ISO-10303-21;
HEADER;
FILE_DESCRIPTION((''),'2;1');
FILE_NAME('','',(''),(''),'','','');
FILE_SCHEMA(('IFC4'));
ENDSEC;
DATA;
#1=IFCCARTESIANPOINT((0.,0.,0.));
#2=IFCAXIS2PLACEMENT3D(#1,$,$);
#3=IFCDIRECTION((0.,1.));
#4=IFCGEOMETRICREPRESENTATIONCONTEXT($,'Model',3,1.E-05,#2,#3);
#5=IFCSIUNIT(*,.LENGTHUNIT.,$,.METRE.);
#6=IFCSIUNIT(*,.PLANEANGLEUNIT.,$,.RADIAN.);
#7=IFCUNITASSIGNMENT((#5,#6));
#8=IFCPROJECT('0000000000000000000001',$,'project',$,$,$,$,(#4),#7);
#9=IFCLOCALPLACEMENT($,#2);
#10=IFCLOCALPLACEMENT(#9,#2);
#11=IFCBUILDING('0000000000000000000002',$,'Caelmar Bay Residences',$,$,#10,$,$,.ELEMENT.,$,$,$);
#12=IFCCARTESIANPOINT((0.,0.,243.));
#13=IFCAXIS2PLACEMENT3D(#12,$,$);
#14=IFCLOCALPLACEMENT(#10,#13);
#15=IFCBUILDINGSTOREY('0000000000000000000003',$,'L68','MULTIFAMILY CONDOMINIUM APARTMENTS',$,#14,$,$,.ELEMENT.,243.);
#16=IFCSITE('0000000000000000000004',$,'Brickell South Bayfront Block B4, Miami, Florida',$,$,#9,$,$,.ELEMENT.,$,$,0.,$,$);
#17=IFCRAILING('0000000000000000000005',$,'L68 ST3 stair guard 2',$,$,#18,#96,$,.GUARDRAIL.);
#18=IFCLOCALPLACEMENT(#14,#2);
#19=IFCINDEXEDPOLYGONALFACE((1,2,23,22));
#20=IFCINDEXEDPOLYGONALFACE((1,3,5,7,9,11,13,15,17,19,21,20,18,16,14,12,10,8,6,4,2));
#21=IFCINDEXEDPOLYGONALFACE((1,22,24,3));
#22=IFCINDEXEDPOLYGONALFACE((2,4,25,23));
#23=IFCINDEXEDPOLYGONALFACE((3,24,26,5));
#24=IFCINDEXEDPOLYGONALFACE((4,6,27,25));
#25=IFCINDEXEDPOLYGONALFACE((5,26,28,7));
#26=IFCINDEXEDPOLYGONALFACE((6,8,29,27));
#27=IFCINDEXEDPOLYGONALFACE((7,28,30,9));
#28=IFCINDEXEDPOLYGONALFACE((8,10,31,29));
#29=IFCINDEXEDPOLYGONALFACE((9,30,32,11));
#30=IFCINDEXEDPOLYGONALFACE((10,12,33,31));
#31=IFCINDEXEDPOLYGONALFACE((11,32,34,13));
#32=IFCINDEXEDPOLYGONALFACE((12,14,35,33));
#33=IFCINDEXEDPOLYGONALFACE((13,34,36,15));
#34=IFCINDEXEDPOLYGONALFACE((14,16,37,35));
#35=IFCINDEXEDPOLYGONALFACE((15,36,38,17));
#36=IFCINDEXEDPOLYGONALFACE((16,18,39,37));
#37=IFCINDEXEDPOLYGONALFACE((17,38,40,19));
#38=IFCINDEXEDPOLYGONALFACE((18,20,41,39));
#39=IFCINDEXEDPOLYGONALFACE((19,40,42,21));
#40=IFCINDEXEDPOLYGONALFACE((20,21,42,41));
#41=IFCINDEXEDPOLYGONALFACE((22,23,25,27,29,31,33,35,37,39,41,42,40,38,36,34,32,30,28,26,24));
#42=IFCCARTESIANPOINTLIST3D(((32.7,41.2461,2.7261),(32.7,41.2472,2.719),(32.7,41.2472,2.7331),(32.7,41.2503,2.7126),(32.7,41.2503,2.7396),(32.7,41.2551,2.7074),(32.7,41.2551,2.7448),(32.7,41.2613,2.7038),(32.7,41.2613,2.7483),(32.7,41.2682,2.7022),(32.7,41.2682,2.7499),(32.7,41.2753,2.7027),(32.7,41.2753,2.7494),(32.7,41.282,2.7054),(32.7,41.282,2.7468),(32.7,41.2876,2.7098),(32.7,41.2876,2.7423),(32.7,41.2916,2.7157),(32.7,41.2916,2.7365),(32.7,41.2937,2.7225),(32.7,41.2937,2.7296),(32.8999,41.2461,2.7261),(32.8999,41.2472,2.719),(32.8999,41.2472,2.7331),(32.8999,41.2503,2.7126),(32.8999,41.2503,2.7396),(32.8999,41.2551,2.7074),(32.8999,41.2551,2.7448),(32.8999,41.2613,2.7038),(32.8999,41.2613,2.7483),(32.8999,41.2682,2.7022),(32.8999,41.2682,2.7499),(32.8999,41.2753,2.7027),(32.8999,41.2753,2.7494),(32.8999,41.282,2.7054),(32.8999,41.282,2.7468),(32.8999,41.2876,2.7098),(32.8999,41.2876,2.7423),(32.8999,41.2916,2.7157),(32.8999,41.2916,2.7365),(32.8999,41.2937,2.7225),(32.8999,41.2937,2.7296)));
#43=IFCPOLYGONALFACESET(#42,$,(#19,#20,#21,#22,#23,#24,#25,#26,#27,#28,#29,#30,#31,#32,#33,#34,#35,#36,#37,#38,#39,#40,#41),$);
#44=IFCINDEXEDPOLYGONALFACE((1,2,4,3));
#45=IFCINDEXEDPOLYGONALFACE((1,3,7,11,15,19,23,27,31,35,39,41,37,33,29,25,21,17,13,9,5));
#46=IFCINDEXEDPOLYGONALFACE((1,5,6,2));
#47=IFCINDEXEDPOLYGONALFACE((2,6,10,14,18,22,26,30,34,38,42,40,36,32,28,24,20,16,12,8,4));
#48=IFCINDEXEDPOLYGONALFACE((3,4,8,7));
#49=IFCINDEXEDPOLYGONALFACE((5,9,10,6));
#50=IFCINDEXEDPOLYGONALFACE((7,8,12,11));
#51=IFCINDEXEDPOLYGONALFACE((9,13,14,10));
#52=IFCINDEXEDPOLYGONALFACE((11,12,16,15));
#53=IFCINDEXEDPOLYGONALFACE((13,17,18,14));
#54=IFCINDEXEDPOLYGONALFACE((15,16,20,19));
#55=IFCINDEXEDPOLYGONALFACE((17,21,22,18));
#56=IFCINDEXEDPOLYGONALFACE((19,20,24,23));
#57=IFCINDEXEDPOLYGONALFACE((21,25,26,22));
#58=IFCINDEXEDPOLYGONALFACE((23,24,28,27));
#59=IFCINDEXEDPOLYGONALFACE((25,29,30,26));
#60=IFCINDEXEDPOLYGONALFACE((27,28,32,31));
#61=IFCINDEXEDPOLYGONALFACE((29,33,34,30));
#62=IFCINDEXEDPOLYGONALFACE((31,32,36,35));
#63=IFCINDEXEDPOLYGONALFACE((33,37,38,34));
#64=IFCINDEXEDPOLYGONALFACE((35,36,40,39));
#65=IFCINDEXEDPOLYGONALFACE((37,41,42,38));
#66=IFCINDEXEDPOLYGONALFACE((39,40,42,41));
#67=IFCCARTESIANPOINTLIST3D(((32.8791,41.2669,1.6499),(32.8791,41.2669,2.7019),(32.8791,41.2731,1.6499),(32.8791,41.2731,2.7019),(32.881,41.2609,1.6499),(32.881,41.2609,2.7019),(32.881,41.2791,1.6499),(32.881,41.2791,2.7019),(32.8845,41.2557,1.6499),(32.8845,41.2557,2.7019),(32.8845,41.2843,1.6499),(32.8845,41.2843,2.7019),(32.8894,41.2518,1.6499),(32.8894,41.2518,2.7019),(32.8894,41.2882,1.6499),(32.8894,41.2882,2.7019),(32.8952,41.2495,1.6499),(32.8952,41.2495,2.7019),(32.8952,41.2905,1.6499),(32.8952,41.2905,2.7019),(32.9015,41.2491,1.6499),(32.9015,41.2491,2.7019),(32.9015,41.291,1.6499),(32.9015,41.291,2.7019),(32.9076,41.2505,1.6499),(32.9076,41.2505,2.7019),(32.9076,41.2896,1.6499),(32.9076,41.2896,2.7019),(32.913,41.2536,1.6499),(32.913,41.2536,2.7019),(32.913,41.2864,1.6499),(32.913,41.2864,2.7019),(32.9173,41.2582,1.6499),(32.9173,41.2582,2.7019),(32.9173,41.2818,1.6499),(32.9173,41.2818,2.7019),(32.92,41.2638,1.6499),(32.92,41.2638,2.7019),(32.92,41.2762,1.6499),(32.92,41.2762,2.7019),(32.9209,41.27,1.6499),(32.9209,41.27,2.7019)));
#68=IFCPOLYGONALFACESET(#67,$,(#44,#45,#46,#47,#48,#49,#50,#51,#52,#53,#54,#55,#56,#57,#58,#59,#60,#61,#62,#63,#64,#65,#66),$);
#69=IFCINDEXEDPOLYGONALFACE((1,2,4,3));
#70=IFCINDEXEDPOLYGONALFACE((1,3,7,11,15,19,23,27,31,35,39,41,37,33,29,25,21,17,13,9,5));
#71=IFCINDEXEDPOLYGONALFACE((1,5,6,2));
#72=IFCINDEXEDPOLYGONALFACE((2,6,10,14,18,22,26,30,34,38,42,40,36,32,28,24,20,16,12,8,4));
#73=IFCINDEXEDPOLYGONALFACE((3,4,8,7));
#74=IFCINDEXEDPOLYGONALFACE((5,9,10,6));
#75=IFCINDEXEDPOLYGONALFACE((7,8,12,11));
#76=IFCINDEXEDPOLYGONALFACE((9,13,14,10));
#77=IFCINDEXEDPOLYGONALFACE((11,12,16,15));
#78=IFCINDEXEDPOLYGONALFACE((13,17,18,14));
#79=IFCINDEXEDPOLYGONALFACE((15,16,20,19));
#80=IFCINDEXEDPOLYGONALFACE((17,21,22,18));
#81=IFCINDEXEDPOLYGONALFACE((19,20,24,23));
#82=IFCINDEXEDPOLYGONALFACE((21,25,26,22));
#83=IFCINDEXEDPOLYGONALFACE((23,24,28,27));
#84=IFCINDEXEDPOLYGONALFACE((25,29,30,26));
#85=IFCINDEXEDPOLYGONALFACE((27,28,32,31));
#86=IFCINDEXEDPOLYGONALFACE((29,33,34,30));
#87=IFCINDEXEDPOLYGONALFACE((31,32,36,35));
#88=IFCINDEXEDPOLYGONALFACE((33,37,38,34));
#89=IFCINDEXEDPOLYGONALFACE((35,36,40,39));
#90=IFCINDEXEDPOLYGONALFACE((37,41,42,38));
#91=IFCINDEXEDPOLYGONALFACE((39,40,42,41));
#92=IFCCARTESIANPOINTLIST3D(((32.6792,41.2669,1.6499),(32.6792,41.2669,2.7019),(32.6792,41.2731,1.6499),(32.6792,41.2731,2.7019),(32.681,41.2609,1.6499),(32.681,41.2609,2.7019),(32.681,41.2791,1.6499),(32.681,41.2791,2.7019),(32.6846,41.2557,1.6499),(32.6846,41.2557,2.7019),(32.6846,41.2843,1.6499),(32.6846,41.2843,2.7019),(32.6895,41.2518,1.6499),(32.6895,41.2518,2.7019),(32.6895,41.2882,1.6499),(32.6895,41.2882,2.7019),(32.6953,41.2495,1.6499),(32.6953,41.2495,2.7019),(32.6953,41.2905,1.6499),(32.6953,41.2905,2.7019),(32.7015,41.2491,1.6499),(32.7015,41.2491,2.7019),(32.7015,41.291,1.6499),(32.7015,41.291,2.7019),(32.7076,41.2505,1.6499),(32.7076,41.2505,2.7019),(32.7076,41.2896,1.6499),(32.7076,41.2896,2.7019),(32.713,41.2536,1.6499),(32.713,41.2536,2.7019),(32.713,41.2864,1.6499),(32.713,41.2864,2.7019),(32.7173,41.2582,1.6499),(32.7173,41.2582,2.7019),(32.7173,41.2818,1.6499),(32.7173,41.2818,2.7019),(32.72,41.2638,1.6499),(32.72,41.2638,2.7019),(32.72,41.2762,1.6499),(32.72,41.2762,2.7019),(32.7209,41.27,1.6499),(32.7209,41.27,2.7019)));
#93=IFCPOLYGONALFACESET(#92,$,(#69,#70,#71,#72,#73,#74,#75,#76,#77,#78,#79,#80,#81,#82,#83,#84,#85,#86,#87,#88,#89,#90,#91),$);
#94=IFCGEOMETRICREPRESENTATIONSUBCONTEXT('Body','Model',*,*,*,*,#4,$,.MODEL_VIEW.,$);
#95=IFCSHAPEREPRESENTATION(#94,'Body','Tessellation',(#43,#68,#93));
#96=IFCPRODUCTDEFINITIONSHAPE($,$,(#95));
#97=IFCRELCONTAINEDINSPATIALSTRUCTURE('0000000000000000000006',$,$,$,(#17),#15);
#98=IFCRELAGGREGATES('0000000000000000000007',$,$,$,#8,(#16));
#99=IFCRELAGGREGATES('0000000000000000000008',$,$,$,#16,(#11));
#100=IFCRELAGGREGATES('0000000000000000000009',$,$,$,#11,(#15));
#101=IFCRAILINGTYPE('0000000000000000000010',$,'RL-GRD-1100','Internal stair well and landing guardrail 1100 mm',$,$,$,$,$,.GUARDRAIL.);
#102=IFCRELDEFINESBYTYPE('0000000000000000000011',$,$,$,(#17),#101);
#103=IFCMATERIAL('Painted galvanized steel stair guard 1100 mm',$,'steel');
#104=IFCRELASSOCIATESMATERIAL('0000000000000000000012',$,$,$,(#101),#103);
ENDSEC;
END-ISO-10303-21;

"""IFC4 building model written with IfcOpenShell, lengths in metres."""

from ifc_helpers import new_model, si_unit, direction, frame, origin, origin_2d, place, context, subcontext, project, spatial, circle, extrude, material, type_object, element, save


model = new_model("IFC4")

# Units and contexts
model_context = context("Model", 3, precision=1e-05, world=origin(), true_north=direction((0.0, 1.0)))
body_context = subcontext(model_context, "Body", "Model", "MODEL_VIEW")
ifc_project = project(units=[si_unit("LENGTHUNIT", "METRE"), si_unit("PLANEANGLEUNIT", "RADIAN")], contexts=[model_context])

# Site, building, storey
site_placement = place(None, origin())
site = spatial("IfcSite", under=ifc_project, at=site_placement, Name="Brickell South Bayfront Block B4, Miami, Florida", CompositionType="ELEMENT", RefElevation=0.0)
building_placement = place(site_placement, origin())
building = spatial("IfcBuilding", under=site, at=building_placement, Name="Caelmar Bay Residences", CompositionType="ELEMENT")
storey_placement = place(building_placement, frame((0.0, 0.0, 243.0)))
storey = spatial("IfcBuildingStorey", under=building, at=storey_placement, Name="L68", Description="MULTIFAMILY CONDOMINIUM APARTMENTS", CompositionType="ELEMENT", Elevation=243.0)

# Railing
ifc_material_1 = material(Name="Painted galvanized steel stair guard 1100 mm", Category="steel")
railing_type_1 = type_object("IfcRailingType", Name="RL-GRD-1100", Description="Internal stair well and landing guardrail 1100 mm", PredefinedType="GUARDRAIL", material=ifc_material_1)
railing_1_placement = place(storey_placement, frame((32.8999, 41.27, 1.6499)))
element("IfcRailing", 1, at=railing_1_placement, inside=storey, type_object=railing_type_1, Name="L68 ST3 stair guard 2", PredefinedType="GUARDRAIL", context=body_context, shape_type="SweptSolid", body=[
    extrude(circle(Radius=0.0239, at=origin_2d()), frame((0.0, 0.0, 1.0762), z_axis=(-1.0, 0.0, 0.0), x_axis=(0.0, -1.0, 0.0)), (0.0, 0.0, 1.0), 0.2),
    extrude(circle(Radius=0.021, at=origin_2d()), origin(), (0.0, 0.0, 1.0), 1.052),
    extrude(circle(Radius=0.021, at=origin_2d()), frame((-0.2, 0.0, 0.0)), (0.0, 0.0, 1.0), 1.052),
])

save(model, "model.ifc")
